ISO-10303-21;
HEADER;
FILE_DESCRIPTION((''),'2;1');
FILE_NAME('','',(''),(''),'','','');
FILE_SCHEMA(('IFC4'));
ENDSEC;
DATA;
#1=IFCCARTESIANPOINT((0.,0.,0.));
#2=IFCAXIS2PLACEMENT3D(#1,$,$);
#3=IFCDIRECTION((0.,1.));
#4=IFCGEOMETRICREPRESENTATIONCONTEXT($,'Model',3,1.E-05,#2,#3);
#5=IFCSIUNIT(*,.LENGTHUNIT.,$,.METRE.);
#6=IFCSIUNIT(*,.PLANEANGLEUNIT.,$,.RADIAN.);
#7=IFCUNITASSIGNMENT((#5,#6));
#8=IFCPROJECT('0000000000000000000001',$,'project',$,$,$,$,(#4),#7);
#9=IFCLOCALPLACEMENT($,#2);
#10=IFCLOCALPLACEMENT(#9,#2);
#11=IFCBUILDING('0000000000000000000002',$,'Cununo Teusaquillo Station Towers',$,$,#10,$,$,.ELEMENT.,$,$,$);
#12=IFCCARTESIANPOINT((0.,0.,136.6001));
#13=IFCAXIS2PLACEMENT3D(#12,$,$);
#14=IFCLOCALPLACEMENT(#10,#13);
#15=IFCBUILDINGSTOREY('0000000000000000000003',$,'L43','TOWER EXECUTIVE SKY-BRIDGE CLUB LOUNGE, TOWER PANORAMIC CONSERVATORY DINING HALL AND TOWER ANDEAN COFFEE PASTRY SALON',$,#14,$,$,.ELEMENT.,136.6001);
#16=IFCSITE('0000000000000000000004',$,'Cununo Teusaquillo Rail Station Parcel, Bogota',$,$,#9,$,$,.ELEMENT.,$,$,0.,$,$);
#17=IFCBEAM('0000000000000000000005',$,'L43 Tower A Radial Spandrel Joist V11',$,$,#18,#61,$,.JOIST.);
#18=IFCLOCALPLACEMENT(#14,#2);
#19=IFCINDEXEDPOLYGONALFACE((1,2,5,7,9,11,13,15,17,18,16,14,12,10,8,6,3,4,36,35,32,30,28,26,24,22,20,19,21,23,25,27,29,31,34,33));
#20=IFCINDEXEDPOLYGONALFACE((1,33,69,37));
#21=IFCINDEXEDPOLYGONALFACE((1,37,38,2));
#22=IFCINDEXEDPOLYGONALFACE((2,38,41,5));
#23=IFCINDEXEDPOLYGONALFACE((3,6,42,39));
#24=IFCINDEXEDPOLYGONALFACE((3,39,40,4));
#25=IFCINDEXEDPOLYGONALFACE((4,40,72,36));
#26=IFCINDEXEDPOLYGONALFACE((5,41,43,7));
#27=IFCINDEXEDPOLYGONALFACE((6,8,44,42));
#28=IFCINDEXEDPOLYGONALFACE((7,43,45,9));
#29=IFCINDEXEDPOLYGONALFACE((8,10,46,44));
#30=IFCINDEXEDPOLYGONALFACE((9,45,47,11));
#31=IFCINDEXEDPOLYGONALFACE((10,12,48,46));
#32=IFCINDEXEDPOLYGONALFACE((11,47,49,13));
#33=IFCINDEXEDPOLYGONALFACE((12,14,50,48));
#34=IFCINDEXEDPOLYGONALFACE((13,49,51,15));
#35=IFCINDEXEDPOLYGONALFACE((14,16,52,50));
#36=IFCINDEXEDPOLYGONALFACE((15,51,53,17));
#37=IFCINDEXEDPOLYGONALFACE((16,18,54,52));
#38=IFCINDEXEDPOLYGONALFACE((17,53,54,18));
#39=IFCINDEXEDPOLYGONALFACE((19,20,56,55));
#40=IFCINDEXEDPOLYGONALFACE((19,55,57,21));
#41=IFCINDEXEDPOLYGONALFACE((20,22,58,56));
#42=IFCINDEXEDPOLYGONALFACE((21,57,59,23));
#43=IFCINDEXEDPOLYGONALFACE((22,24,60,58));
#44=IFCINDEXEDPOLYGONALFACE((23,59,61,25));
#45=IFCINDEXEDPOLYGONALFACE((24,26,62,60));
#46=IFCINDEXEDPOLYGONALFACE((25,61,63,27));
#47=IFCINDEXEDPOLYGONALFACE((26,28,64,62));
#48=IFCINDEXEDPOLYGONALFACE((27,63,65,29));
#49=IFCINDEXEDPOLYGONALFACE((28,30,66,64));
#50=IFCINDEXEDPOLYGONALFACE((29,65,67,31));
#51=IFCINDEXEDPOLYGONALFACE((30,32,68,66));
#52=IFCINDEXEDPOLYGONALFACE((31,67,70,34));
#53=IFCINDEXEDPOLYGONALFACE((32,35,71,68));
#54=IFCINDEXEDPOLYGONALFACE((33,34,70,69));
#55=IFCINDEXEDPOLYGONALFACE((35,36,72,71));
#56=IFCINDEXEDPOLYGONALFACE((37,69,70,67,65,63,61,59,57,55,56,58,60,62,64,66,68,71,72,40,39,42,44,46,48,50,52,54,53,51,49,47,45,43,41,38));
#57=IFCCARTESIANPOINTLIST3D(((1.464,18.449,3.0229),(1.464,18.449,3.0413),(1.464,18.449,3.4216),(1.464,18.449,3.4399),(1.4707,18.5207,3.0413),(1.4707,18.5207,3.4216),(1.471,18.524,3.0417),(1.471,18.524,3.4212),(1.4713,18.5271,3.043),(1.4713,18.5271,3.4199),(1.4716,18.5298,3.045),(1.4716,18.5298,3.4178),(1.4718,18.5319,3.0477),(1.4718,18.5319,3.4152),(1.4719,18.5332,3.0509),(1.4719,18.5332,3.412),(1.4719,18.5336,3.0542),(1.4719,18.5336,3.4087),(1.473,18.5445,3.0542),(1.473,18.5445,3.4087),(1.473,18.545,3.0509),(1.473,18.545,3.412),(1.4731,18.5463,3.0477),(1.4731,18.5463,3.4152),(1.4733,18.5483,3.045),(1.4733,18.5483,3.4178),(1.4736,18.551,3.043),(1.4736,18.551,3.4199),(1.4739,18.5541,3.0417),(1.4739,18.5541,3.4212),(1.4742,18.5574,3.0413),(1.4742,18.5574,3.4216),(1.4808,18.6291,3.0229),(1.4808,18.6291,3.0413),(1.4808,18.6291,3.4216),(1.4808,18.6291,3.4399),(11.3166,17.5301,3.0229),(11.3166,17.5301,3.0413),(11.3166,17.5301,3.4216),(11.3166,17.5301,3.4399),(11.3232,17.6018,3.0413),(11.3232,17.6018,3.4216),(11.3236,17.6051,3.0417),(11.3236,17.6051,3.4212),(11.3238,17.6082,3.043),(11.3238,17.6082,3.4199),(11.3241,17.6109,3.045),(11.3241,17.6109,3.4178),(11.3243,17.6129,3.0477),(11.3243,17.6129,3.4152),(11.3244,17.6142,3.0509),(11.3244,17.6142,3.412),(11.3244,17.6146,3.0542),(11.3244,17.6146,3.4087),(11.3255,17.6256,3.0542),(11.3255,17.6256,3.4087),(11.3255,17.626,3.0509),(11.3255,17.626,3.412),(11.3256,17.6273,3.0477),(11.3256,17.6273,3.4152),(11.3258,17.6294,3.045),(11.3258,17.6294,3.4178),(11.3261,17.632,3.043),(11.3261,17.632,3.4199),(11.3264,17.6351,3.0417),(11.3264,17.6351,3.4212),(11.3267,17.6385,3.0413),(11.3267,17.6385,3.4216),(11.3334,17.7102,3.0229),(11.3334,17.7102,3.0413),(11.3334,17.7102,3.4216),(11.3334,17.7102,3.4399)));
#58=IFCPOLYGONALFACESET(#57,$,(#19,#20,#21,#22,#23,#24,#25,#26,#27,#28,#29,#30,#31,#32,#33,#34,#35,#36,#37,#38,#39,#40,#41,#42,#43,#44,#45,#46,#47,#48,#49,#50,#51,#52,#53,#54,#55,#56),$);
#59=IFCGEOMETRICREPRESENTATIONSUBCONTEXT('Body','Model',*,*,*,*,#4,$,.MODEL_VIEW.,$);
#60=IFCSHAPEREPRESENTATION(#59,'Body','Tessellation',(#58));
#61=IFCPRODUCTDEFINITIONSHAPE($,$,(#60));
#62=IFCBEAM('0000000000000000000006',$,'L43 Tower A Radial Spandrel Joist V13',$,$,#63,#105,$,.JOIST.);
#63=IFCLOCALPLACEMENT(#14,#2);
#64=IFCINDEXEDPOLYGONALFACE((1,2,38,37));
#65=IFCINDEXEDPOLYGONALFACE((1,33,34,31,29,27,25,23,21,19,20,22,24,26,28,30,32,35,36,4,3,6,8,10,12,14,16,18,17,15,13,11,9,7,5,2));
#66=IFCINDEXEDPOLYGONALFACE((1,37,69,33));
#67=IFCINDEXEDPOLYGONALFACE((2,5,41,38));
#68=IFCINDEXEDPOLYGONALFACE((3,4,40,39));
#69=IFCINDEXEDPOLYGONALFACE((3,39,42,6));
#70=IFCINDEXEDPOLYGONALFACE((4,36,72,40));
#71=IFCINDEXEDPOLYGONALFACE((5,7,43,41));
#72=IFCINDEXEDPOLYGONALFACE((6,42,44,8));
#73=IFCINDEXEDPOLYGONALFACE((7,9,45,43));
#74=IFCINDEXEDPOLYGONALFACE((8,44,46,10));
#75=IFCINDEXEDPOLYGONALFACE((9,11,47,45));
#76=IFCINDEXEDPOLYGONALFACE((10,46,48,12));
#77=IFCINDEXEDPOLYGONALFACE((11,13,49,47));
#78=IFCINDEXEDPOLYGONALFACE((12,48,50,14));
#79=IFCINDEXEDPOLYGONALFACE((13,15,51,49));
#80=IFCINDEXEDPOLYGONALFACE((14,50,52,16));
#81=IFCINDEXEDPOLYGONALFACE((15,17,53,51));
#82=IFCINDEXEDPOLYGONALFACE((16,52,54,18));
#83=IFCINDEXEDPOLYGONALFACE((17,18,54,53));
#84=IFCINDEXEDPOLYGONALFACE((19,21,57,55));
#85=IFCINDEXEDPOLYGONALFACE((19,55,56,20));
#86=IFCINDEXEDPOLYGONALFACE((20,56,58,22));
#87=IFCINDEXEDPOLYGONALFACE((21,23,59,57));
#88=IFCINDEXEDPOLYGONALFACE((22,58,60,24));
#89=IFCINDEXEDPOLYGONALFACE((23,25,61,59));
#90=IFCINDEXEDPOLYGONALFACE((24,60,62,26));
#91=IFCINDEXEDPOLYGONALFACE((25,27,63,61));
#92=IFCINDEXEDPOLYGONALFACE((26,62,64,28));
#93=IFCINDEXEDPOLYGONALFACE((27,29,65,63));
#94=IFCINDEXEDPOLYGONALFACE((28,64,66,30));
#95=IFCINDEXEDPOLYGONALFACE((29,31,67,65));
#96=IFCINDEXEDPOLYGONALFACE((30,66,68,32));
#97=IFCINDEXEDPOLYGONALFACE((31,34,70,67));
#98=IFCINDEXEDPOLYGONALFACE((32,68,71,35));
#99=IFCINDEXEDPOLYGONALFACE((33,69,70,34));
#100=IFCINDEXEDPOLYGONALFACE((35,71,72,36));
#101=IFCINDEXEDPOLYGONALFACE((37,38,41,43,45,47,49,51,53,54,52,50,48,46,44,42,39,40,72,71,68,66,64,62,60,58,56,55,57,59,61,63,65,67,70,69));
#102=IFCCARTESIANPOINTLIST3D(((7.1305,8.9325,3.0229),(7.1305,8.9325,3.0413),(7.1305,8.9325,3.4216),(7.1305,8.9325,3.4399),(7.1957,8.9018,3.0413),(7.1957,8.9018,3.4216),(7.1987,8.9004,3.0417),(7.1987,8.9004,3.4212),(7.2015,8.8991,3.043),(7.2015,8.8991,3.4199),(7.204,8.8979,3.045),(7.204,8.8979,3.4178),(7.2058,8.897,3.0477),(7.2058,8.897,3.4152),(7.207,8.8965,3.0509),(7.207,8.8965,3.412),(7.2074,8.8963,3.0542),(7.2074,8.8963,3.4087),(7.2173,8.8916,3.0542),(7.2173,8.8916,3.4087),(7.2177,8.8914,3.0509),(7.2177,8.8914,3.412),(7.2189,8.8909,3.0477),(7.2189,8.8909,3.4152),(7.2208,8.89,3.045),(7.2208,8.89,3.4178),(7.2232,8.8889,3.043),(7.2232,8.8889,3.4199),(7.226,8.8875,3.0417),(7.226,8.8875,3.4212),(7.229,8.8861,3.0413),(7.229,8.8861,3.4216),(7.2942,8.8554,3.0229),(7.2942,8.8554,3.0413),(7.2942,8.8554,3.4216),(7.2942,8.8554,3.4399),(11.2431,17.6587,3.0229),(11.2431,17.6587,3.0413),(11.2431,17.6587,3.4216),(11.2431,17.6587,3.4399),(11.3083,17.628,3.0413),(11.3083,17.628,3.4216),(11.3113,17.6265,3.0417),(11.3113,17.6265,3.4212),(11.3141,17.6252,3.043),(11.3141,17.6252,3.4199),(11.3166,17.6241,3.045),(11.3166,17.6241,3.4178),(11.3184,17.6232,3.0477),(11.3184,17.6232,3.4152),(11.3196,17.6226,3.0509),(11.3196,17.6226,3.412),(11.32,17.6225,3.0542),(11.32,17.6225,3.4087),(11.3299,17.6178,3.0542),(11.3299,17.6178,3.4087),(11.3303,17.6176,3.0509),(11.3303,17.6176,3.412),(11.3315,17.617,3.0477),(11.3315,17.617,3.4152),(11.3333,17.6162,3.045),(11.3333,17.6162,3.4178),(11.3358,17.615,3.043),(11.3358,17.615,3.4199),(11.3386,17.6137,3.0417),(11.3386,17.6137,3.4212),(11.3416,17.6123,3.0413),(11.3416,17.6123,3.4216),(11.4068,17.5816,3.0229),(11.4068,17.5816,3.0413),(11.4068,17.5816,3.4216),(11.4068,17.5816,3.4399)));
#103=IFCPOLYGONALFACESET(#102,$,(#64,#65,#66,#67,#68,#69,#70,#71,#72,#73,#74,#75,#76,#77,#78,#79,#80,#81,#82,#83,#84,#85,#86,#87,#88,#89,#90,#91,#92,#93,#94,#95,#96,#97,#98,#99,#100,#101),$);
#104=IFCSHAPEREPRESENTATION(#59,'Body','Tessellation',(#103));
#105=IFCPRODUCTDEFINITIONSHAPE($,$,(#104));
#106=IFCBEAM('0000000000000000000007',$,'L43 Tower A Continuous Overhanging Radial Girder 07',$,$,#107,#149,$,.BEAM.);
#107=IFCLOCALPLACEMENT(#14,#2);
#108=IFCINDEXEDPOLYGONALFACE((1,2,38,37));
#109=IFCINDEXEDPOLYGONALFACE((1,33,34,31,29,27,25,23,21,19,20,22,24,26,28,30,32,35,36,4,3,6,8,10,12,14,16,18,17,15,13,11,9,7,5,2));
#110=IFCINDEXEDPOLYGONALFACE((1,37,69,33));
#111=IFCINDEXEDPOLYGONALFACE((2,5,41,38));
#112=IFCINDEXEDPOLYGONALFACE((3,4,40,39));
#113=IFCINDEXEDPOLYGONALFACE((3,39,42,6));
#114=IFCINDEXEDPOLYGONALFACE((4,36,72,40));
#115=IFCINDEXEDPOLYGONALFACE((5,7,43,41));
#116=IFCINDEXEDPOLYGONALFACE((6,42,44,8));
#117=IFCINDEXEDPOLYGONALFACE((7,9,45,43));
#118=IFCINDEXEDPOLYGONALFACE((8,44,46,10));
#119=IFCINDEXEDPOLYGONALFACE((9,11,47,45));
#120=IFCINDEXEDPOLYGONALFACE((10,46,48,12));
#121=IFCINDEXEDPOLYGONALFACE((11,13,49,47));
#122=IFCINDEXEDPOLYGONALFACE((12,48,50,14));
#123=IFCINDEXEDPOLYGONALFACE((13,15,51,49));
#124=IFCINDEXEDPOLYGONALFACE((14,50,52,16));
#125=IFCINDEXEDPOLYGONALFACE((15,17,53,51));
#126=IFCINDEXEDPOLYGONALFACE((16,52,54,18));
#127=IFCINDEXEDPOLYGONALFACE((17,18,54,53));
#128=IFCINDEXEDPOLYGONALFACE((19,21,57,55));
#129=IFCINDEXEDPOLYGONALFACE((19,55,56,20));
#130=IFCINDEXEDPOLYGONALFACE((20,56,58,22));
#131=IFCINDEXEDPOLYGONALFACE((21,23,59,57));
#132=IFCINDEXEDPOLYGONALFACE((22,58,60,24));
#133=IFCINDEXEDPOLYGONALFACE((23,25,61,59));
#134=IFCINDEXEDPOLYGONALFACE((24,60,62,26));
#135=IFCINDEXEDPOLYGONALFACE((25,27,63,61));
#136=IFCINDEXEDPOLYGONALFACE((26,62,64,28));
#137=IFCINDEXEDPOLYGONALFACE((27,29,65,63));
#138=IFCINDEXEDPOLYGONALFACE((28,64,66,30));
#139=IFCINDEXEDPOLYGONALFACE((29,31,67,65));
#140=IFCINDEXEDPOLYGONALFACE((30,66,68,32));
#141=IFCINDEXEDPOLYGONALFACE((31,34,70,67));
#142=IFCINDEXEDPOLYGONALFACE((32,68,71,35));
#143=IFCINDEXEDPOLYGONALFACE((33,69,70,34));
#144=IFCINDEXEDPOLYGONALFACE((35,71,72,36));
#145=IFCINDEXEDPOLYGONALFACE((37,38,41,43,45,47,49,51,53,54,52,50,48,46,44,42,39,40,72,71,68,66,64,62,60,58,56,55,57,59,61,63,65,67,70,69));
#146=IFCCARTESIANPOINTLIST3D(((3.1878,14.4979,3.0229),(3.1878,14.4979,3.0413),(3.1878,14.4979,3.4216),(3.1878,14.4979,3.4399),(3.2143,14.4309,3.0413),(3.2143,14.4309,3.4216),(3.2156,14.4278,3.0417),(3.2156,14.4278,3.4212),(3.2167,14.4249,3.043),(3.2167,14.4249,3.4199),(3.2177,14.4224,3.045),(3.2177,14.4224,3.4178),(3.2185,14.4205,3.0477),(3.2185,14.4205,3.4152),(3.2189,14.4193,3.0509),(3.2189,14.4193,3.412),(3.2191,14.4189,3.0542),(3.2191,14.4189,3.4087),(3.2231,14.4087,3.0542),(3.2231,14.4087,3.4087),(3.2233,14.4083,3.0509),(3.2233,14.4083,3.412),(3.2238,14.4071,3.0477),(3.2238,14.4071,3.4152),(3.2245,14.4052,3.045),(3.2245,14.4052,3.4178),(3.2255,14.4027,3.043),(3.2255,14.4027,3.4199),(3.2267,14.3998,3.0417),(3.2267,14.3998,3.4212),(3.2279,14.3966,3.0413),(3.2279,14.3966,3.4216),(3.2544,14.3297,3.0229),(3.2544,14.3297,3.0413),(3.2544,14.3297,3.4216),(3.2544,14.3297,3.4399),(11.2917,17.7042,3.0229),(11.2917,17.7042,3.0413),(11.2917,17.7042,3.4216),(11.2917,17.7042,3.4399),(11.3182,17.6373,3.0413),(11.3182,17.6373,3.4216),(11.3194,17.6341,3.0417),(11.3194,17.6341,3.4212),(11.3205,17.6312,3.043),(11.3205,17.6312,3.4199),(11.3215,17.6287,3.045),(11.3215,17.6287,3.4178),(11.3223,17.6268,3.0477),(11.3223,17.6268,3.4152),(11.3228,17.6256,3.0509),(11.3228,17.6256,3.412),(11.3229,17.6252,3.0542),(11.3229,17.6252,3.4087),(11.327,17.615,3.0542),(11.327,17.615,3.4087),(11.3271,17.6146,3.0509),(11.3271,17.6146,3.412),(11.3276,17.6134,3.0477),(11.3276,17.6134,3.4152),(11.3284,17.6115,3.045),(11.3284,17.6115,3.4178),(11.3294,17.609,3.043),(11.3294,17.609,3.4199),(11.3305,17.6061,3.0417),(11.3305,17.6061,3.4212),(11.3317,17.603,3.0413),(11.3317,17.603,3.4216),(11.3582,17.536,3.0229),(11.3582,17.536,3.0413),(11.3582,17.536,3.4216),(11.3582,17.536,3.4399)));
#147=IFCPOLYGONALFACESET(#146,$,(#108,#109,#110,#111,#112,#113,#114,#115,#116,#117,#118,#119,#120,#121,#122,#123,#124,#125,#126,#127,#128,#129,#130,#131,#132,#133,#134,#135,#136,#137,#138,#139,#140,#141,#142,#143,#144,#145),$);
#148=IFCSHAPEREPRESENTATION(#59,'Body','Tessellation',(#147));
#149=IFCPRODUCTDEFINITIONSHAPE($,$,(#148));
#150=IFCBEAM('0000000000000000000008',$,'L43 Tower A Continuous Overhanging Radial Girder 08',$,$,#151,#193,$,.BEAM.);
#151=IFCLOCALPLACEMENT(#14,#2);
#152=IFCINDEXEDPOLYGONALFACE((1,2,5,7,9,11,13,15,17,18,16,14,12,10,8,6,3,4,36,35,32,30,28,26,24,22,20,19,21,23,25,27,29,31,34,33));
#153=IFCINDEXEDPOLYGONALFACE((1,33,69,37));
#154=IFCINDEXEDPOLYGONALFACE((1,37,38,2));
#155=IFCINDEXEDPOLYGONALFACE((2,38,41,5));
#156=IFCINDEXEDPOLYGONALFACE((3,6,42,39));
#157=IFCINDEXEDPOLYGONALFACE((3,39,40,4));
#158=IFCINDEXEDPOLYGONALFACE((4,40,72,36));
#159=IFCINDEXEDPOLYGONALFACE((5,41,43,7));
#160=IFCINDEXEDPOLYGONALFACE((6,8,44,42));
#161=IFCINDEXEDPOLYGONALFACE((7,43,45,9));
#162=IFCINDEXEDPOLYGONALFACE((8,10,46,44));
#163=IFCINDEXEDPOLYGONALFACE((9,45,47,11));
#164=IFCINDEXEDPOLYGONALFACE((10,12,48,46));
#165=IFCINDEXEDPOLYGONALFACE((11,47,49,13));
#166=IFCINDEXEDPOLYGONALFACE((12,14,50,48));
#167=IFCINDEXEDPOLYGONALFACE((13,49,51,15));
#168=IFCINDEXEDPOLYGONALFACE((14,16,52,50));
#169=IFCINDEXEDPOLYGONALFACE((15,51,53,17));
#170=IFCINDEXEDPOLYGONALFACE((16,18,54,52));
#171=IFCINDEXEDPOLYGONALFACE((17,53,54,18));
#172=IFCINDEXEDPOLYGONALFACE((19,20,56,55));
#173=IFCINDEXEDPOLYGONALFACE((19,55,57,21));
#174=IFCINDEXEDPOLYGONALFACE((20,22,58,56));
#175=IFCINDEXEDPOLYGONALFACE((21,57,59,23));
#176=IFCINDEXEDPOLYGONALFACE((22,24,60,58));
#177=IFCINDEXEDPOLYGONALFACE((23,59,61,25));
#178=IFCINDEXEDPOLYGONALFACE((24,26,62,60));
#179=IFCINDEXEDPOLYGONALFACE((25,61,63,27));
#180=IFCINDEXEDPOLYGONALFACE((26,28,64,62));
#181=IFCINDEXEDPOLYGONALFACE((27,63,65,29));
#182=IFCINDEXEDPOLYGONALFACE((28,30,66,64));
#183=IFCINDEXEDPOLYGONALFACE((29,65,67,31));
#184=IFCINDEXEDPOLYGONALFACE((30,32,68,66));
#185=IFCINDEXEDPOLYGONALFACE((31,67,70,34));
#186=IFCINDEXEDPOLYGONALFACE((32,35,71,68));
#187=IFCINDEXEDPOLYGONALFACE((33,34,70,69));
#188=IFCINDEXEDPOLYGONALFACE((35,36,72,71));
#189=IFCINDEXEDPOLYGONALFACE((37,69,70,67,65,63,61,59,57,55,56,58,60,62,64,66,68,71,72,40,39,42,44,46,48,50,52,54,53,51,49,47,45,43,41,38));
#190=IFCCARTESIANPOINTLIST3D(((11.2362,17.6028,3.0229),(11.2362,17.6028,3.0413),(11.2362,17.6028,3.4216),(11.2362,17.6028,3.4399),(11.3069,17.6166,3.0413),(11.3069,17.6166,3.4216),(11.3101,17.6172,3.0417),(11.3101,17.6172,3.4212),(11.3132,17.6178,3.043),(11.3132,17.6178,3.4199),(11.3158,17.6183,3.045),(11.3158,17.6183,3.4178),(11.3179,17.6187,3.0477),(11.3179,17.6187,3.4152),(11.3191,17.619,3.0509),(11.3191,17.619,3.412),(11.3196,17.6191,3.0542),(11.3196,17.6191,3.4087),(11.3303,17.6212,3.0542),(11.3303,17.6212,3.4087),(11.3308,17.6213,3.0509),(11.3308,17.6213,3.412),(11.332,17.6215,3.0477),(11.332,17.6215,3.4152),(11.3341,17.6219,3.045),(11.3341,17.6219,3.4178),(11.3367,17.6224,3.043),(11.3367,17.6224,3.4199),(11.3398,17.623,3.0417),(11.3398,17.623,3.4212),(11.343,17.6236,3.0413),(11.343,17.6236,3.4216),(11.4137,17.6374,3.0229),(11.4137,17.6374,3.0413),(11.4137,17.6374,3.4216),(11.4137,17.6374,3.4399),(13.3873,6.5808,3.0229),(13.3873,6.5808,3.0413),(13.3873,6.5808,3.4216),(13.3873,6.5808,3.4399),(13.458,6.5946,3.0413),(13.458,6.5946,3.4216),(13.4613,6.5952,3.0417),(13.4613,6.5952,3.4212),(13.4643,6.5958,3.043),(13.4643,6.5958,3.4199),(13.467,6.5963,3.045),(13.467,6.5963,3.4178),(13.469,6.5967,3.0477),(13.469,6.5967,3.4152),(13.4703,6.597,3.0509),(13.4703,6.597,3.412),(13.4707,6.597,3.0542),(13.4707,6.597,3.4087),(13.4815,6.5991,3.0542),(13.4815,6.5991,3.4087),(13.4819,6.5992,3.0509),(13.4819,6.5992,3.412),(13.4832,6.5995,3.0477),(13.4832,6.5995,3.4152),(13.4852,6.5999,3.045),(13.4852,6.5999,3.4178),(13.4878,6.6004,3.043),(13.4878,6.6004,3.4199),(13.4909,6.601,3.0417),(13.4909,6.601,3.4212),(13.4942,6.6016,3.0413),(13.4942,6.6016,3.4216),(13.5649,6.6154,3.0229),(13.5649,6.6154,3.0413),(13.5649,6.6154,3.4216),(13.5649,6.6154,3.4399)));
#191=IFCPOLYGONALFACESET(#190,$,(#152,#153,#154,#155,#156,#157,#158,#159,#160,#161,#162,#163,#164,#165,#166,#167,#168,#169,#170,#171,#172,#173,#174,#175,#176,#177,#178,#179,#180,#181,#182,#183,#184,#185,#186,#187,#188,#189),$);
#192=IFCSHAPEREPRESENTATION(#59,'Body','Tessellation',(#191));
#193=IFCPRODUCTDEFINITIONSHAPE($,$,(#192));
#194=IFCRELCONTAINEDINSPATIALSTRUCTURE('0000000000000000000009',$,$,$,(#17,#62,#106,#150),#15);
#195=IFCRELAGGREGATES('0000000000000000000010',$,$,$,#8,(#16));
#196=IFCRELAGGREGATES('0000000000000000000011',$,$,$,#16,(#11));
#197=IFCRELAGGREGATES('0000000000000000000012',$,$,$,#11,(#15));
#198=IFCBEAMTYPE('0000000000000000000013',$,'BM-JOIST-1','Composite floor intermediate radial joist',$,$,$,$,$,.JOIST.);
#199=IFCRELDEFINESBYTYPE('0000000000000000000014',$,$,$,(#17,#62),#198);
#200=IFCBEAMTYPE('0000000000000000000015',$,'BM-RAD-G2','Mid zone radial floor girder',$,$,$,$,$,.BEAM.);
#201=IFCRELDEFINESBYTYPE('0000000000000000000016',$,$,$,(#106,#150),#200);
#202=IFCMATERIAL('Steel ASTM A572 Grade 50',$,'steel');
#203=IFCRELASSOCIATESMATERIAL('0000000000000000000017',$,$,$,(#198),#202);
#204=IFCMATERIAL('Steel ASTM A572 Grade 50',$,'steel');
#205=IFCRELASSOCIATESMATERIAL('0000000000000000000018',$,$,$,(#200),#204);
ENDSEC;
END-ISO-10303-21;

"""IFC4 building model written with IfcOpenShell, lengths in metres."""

from ifc_helpers import new_model, si_unit, direction, frame, origin, origin_2d, place, context, subcontext, project, spatial, i_section, extrude, material, material_profile, profile_set, type_object, element, save


model = new_model("IFC4")

# Units and contexts
model_context = context("Model", 3, precision=1e-05, world=origin(), true_north=direction((0.0, 1.0)))
body_context = subcontext(model_context, "Body", "Model", "MODEL_VIEW")
ifc_project = project(units=[si_unit("LENGTHUNIT", "METRE"), si_unit("PLANEANGLEUNIT", "RADIAN")], contexts=[model_context])

# Site, building, storey
site_placement = place(None, origin())
site = spatial("IfcSite", under=ifc_project, at=site_placement, Name="Cununo Teusaquillo Rail Station Parcel, Bogota", CompositionType="ELEMENT", RefElevation=0.0)
building_placement = place(site_placement, origin())
building = spatial("IfcBuilding", under=site, at=building_placement, Name="Cununo Teusaquillo Station Towers", CompositionType="ELEMENT")
storey_placement = place(building_placement, frame((0.0, 0.0, 136.6001)))
storey = spatial("IfcBuildingStorey", under=building, at=storey_placement, Name="L43", Description="TOWER EXECUTIVE SKY-BRIDGE CLUB LOUNGE, TOWER PANORAMIC CONSERVATORY DINING HALL AND TOWER ANDEAN COFFEE PASTRY SALON", CompositionType="ELEMENT", Elevation=136.6001)

# Beams
ifc_material_1 = material(Name="Steel ASTM A572 Grade 50", Category="steel")
ifc_material_profile_1 = material_profile(ifc_material_1, i_section(OverallWidth=0.1809, OverallDepth=0.417, WebThickness=0.011, FlangeThickness=0.0183, FilletRadius=0.0129, at=origin_2d()), Name="W16X57")
ifc_profile_set_1 = profile_set([ifc_material_profile_1], Name="Steel ASTM A572 Grade 50")
beam_type_1 = type_object("IfcBeamType", Name="BM-JOIST-1", Description="Composite floor intermediate radial joist", PredefinedType="JOIST", material=ifc_profile_set_1)
beam_1_placement = place(storey_placement, frame((11.325, 17.6201, 3.2314), z_axis=(-0.995679, 0.092867, 0.0), x_axis=(-0.092867, -0.995679, 0.0)))
element("IfcBeam", 1, at=beam_1_placement, inside=storey, type_object=beam_type_1, Name="L43 Tower A Radial Spandrel Joist V11", PredefinedType="JOIST", context=body_context, shape_type="SweptSolid", body=[
    extrude(i_section(OverallWidth=0.1809, OverallDepth=0.417, WebThickness=0.011, FlangeThickness=0.0183, FilletRadius=0.0129, at=origin_2d()), origin(), (0.0, 0.0, 1.0), 9.8953),
])
beam_2_placement = place(storey_placement, frame((11.325, 17.6201, 3.2314), z_axis=(-0.42632, -0.904572, 0.0), x_axis=(0.904572, -0.42632, 0.0)))
element("IfcBeam", 2, at=beam_2_placement, inside=storey, type_object=beam_type_1, Name="L43 Tower A Radial Spandrel Joist V13", PredefinedType="JOIST", context=body_context, shape_type="SweptSolid", body=[
    extrude(i_section(OverallWidth=0.1809, OverallDepth=0.417, WebThickness=0.011, FlangeThickness=0.0183, FilletRadius=0.0129, at=origin_2d()), origin(), (0.0, 0.0, 1.0), 9.6467),
])
ifc_material_2 = material(Name="Steel ASTM A572 Grade 50", Category="steel")
ifc_material_profile_2 = material_profile(ifc_material_2, i_section(OverallWidth=0.1809, OverallDepth=0.417, WebThickness=0.011, FlangeThickness=0.0183, FilletRadius=0.0129, at=origin_2d()), Name="W16X57")
ifc_profile_set_2 = profile_set([ifc_material_profile_2], Name="Steel ASTM A572 Grade 50")
beam_type_2 = type_object("IfcBeamType", Name="BM-RAD-G2", Description="Mid zone radial floor girder", PredefinedType="BEAM", material=ifc_profile_set_2)
beam_3_placement = place(storey_placement, frame((11.325, 17.6201, 3.2314), z_axis=(-0.929863, -0.367906, 0.0), x_axis=(0.367906, -0.929863, 0.0)))
element("IfcBeam", 3, at=beam_3_placement, inside=storey, type_object=beam_type_2, Name="L43 Tower A Continuous Overhanging Radial Girder 07", PredefinedType="BEAM", context=body_context, shape_type="SweptSolid", body=[
    extrude(i_section(OverallWidth=0.1809, OverallDepth=0.417, WebThickness=0.011, FlangeThickness=0.0183, FilletRadius=0.0129, at=origin_2d()), origin(), (0.0, 0.0, 1.0), 8.7151),
])
beam_4_placement = place(storey_placement, frame((11.325, 17.6201, 3.2314), z_axis=(0.191553, -0.981482, 0.0), x_axis=(0.981482, 0.191553, 0.0)))
element("IfcBeam", 4, at=beam_4_placement, inside=storey, type_object=beam_type_2, Name="L43 Tower A Continuous Overhanging Radial Girder 08", PredefinedType="BEAM", context=body_context, shape_type="SweptSolid", body=[
    extrude(i_section(OverallWidth=0.1809, OverallDepth=0.417, WebThickness=0.011, FlangeThickness=0.0183, FilletRadius=0.0129, at=origin_2d()), origin(), (0.0, 0.0, 1.0), 11.23),
])

save(model, "model.ifc")
